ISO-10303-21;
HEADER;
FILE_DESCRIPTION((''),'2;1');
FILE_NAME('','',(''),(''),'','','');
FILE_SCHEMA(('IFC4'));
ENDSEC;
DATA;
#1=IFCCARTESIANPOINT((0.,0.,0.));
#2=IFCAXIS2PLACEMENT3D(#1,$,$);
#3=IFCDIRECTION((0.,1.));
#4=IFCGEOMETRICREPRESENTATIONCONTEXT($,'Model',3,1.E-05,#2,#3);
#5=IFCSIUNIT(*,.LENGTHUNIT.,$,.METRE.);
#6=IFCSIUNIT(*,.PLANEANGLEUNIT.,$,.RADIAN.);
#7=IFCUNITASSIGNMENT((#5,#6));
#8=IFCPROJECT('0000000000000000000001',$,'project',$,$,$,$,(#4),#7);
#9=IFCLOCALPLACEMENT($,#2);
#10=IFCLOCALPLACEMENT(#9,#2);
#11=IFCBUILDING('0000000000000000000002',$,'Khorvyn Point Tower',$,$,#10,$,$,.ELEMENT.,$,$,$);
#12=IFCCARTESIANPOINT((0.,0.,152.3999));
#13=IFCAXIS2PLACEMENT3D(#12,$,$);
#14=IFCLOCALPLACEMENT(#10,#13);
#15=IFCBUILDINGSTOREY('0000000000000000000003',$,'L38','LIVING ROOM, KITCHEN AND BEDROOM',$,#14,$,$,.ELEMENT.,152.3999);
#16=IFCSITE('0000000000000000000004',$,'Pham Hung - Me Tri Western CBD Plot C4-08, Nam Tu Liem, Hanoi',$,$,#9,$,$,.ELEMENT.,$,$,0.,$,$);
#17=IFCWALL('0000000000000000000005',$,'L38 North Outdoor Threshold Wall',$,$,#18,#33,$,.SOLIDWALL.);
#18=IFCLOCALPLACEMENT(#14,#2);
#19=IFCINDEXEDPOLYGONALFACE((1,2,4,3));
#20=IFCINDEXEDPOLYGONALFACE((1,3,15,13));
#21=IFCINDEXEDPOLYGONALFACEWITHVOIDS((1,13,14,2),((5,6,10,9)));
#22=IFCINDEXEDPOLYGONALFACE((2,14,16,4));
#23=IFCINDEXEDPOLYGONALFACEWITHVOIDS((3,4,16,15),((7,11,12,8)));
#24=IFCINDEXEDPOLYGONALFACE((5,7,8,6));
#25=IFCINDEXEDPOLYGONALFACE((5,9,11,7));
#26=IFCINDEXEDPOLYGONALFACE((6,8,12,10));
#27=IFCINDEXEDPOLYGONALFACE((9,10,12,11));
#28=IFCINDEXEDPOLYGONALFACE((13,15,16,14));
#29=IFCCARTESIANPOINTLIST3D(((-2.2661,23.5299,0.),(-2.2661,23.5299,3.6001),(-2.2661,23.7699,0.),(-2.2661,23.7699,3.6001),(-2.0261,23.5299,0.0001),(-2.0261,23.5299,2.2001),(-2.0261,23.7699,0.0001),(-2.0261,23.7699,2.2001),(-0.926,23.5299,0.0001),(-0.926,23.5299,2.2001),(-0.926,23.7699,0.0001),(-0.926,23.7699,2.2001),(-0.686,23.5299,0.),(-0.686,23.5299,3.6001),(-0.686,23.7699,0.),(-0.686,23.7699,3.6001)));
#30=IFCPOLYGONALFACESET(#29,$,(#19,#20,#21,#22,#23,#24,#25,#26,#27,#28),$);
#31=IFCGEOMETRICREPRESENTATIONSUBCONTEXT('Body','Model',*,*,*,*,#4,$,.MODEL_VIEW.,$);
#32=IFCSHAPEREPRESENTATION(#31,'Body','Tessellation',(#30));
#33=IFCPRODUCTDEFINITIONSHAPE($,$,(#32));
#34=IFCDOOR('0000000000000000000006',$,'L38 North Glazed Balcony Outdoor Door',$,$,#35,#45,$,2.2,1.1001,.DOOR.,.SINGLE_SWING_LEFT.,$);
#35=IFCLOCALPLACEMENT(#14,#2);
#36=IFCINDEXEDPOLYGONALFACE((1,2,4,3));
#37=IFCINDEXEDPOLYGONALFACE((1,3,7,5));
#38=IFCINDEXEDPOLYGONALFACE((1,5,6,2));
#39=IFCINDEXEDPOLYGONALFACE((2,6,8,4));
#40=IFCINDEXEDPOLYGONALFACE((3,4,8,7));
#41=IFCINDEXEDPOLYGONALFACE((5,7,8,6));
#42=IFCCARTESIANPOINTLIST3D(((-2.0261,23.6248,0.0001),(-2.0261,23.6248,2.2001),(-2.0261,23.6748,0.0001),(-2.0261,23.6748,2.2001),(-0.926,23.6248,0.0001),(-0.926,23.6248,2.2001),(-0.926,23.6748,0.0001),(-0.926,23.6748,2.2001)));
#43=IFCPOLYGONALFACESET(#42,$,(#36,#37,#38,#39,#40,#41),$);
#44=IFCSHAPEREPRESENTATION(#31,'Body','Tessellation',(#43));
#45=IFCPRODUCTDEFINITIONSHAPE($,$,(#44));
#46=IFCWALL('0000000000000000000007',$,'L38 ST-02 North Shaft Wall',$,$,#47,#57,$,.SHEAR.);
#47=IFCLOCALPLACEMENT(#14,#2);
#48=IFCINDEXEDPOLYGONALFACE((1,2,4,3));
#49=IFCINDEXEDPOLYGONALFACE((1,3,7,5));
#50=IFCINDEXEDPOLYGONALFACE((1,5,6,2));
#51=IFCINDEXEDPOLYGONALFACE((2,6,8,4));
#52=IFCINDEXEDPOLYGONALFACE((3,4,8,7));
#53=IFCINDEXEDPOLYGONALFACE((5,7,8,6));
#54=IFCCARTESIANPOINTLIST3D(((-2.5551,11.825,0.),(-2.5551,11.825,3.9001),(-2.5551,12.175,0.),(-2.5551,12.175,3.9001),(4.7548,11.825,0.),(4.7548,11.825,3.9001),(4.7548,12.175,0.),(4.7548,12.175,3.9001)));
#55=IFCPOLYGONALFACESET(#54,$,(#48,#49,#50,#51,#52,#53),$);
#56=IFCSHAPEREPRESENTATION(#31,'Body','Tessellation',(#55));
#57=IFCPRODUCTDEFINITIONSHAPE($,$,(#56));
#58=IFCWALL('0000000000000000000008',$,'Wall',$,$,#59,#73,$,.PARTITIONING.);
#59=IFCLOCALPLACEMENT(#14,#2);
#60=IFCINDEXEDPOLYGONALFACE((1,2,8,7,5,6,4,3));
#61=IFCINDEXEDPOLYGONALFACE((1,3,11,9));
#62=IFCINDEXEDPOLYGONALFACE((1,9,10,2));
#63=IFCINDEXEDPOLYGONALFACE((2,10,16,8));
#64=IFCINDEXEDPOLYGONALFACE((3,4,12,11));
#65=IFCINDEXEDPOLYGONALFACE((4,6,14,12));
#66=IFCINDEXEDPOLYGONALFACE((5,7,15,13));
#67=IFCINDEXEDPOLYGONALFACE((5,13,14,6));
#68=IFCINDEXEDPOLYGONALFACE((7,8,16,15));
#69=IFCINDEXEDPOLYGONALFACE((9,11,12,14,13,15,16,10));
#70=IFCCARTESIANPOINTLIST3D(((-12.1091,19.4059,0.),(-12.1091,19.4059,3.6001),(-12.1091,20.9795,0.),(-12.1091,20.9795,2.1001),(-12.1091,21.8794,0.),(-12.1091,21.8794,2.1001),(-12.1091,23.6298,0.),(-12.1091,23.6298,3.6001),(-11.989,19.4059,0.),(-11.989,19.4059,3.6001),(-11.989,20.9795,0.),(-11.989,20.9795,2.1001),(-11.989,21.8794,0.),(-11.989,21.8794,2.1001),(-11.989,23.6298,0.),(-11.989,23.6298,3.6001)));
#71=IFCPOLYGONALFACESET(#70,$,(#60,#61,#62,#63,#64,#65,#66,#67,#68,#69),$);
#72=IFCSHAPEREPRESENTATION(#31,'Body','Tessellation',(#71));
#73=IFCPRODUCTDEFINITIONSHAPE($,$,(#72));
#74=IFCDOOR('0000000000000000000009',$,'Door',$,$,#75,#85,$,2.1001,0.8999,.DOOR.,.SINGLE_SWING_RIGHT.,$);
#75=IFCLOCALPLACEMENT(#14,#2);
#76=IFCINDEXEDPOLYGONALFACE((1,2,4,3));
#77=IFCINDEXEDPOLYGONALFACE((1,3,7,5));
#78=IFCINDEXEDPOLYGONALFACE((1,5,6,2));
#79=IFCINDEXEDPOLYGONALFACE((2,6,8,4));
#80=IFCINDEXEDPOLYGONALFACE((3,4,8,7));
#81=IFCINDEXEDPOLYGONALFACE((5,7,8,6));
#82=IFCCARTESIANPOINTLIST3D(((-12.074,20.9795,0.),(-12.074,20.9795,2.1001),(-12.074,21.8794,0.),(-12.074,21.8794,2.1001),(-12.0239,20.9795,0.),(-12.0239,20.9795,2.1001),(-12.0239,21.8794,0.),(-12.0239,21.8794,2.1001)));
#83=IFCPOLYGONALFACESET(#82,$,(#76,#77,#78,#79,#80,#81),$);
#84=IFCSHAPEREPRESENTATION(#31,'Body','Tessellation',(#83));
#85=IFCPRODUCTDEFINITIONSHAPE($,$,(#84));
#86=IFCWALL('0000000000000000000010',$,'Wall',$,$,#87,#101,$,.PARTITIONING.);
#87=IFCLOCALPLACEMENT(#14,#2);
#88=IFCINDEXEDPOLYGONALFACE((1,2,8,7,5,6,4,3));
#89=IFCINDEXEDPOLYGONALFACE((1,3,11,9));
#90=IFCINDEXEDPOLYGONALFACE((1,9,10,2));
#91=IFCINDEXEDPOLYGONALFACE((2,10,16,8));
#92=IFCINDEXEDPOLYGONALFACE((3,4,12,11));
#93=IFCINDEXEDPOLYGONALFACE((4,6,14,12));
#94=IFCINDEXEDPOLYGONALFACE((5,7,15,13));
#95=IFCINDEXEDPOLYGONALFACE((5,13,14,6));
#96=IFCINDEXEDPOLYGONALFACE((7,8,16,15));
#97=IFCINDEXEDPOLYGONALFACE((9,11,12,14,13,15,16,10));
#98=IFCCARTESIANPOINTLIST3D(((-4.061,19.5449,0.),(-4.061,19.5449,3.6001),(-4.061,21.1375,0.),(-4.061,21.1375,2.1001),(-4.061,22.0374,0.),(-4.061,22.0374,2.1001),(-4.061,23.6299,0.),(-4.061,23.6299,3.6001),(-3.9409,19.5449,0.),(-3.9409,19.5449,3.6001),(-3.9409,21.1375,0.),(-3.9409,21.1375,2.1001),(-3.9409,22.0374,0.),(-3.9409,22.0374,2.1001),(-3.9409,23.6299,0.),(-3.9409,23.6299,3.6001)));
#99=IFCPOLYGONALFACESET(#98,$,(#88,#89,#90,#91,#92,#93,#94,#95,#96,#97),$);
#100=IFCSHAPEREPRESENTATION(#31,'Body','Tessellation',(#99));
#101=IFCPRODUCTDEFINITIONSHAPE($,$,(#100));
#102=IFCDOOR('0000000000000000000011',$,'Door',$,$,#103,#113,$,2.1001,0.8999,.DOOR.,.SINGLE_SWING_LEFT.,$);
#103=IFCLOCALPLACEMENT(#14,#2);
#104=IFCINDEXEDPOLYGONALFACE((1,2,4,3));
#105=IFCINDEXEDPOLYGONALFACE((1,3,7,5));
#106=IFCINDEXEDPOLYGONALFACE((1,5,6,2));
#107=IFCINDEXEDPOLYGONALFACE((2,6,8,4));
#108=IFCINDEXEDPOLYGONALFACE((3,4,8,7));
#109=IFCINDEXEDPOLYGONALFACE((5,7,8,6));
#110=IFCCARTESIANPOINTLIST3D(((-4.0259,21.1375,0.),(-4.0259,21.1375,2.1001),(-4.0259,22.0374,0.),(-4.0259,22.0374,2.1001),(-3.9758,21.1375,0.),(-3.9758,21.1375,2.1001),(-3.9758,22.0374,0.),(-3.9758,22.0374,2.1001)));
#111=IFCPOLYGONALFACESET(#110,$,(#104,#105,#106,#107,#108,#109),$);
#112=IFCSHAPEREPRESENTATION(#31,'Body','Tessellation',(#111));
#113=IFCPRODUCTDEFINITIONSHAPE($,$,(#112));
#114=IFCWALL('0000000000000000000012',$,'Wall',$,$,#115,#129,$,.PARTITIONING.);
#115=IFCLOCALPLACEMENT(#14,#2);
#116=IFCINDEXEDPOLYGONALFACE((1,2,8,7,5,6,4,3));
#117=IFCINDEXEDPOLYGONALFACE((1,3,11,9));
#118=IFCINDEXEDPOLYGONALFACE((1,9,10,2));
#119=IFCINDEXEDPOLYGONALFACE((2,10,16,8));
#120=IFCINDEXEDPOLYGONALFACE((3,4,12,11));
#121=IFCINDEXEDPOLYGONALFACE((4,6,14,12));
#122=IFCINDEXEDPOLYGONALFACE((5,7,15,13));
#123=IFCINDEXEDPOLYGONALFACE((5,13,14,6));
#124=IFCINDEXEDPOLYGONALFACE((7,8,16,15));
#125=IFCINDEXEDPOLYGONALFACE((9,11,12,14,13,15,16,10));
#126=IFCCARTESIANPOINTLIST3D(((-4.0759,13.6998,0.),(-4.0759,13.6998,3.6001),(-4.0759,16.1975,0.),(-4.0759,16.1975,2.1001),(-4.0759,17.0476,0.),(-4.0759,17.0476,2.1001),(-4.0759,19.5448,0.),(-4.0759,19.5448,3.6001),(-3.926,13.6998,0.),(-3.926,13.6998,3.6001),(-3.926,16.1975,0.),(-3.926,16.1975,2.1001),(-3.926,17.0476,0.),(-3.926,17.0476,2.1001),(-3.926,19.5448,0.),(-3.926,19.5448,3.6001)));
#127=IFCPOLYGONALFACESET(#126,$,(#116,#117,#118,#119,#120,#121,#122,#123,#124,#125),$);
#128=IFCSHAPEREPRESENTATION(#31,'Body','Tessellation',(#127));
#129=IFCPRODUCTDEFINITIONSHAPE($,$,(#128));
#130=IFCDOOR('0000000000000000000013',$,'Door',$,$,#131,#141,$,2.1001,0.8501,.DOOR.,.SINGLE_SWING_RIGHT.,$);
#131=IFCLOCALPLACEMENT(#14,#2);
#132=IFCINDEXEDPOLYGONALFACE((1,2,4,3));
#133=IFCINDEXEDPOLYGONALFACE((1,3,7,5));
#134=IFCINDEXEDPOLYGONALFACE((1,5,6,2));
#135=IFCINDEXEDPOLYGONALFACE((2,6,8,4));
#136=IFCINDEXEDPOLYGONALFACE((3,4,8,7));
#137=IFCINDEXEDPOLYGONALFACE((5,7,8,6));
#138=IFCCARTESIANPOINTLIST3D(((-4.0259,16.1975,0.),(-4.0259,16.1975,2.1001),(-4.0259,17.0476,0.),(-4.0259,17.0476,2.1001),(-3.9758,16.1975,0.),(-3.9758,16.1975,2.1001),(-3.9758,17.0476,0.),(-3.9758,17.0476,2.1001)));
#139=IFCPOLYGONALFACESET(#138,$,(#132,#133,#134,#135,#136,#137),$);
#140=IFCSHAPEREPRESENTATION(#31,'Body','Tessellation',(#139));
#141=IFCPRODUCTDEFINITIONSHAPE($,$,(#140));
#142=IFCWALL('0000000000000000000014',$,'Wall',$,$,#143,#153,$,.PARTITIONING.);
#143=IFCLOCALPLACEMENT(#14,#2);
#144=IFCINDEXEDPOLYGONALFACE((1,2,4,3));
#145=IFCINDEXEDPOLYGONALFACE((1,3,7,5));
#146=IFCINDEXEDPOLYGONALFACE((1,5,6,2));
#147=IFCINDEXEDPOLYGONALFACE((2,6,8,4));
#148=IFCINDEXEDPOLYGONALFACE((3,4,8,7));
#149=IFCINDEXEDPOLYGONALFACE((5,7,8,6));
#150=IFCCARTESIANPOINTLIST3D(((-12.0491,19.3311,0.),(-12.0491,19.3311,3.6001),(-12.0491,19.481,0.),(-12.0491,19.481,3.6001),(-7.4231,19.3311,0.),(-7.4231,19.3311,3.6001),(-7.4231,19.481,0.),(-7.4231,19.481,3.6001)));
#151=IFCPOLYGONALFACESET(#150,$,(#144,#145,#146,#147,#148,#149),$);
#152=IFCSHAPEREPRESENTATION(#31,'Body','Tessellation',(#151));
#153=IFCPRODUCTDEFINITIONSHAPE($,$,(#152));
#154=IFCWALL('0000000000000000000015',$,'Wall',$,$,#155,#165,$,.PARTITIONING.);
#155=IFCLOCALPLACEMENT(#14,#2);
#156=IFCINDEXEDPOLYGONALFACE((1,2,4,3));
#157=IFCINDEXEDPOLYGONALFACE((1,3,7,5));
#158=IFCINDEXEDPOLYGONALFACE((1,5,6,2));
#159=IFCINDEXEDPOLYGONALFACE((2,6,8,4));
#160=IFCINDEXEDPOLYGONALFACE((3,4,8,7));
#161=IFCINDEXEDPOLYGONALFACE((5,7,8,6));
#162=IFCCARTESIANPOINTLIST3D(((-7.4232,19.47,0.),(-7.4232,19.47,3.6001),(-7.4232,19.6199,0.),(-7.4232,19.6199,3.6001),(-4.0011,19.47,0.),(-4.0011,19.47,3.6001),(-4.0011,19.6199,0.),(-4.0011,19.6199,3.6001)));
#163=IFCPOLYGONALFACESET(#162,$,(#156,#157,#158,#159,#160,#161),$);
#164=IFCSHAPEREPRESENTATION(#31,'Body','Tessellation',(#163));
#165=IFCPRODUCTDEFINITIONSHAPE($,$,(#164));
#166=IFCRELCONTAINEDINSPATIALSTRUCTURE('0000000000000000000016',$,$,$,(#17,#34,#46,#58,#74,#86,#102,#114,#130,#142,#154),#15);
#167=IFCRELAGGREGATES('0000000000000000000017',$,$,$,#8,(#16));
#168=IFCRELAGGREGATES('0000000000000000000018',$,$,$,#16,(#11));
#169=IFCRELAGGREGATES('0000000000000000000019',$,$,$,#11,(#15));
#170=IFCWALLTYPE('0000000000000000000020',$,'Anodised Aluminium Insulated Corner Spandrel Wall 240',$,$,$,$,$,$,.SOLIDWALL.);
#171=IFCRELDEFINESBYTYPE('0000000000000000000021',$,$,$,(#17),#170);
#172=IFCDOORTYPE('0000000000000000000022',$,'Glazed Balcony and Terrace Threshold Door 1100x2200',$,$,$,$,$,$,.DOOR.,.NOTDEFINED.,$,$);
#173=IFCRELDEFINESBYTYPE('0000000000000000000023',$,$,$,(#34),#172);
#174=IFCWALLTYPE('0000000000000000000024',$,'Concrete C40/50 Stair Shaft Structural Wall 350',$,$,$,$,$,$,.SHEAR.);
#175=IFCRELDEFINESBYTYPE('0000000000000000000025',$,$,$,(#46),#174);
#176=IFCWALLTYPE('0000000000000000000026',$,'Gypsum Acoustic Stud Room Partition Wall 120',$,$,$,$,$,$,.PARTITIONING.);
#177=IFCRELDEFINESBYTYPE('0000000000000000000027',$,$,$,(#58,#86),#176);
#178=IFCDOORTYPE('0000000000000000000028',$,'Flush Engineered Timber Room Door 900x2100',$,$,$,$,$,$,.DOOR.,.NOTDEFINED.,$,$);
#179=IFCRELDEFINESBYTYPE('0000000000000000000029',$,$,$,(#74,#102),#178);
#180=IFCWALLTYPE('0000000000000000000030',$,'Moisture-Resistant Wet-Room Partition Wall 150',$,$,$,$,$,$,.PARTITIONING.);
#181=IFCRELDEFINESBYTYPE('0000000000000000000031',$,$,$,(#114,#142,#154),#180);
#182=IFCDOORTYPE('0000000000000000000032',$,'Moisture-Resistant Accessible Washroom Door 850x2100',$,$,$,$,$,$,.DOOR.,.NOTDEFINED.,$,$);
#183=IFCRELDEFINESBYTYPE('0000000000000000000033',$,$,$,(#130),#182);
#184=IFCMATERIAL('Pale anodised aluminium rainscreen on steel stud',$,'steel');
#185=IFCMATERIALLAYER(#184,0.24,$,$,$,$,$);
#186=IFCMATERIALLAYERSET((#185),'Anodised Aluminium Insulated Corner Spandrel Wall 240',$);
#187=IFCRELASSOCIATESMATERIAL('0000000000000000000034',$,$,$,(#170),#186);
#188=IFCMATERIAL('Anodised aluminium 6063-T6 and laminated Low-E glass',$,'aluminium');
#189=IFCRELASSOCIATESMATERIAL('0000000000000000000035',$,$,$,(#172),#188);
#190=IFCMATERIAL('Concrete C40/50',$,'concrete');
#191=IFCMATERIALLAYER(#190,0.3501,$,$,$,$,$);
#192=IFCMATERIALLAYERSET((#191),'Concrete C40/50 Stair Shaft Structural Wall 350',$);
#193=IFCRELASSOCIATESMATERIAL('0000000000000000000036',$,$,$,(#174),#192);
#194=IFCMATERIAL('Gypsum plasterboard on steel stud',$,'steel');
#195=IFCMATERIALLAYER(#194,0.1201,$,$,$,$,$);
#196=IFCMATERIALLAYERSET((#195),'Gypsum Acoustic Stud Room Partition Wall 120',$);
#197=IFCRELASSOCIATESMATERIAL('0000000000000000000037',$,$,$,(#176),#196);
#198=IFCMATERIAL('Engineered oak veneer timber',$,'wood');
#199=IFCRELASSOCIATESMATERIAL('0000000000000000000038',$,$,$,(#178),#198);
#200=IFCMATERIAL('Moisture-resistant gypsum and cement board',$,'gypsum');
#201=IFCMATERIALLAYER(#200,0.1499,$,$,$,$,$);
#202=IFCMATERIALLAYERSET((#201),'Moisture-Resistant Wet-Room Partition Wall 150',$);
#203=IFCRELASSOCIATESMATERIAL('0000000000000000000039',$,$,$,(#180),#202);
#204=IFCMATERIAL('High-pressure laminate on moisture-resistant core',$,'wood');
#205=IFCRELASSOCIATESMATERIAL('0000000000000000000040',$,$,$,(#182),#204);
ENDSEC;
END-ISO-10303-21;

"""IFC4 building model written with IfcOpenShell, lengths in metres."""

from ifc_helpers import new_model, si_unit, direction, frame, frame_2d, origin, place, context, subcontext, project, spatial, rectangle, extrude, material, layer, layer_set, type_object, element, fill, save


model = new_model("IFC4")

# Units and contexts
model_context = context("Model", 3, precision=1e-05, world=origin(), true_north=direction((0.0, 1.0)))
body_context = subcontext(model_context, "Body", "Model", "MODEL_VIEW")
ifc_project = project(units=[si_unit("LENGTHUNIT", "METRE"), si_unit("PLANEANGLEUNIT", "RADIAN")], contexts=[model_context])

# Site, building, storey
site_placement = place(None, origin())
site = spatial("IfcSite", under=ifc_project, at=site_placement, Name="Pham Hung - Me Tri Western CBD Plot C4-08, Nam Tu Liem, Hanoi", CompositionType="ELEMENT", RefElevation=0.0)
building_placement = place(site_placement, origin())
building = spatial("IfcBuilding", under=site, at=building_placement, Name="Khorvyn Point Tower", CompositionType="ELEMENT")
storey_placement = place(building_placement, frame((0.0, 0.0, 152.3999)))
storey = spatial("IfcBuildingStorey", under=building, at=storey_placement, Name="L38", Description="LIVING ROOM, KITCHEN AND BEDROOM", CompositionType="ELEMENT", Elevation=152.3999)

# Shared definitions
ifc_material_1 = material(Name="Anodised aluminium 6063-T6 and laminated Low-E glass", Category="aluminium")

# Wall, opening, door
ifc_material_2 = material(Name="Pale anodised aluminium rainscreen on steel stud", Category="steel")
ifc_layer_1 = layer(ifc_material_2, 0.24)
ifc_layer_set_1 = layer_set([ifc_layer_1], Name="Anodised Aluminium Insulated Corner Spandrel Wall 240")
wall_type_1 = type_object("IfcWallType", Name="Anodised Aluminium Insulated Corner Spandrel Wall 240", PredefinedType="SOLIDWALL", material=ifc_layer_set_1)
wall_1_placement = place(storey_placement, frame((-2.2661, 23.6499, 0.0), z_axis=(0.0, 0.0, 1.0), x_axis=(1.0, 0.0, 0.0)))
wall_1 = element("IfcWall", 1, at=wall_1_placement, inside=storey, type_object=wall_type_1, Name="L38 North Outdoor Threshold Wall", PredefinedType="SOLIDWALL", context=body_context, shape_type="SweptSolid", body=[
    extrude(rectangle(XDim=1.5801, YDim=0.24, at=frame_2d((0.79, 0.0))), origin(), (0.0, 0.0, 1.0), 3.6001),
])
opening_1_placement = place(wall_1_placement, frame((0.24, 0.0, 0.0)))
opening_1 = element("IfcOpeningElement", 2, at=opening_1_placement, cuts=wall_1, PredefinedType="OPENING", context=body_context, shape_type="SweptSolid", body=[
    extrude(rectangle(XDim=1.1001, YDim=2.2, at=frame_2d((0.55, 1.1001))), frame((0.0, 0.1299, 0.0), z_axis=(0.0, -1.0, 0.0), x_axis=(1.0, 0.0, 0.0)), (0.0, 0.0, 1.0), 0.26),
])
door_type_1 = type_object("IfcDoorType", Name="Glazed Balcony and Terrace Threshold Door 1100x2200", OperationType="NOTDEFINED", PredefinedType="DOOR", material=ifc_material_1)
door_1_placement = place(opening_1_placement, origin())
door_1 = element("IfcDoor", 3, at=door_1_placement, inside=storey, type_object=door_type_1, Name="L38 North Glazed Balcony Outdoor Door", OperationType="SINGLE_SWING_LEFT", OverallHeight=2.2, OverallWidth=1.1001, PredefinedType="DOOR", context=body_context, shape_type="SweptSolid", body=[
    extrude(rectangle(XDim=1.1001, YDim=2.2, at=frame_2d((0.55, 1.1001))), frame((0.0, 0.0249, 0.0), z_axis=(0.0, -1.0, 0.0), x_axis=(1.0, 0.0, 0.0)), (0.0, 0.0, 1.0), 0.05),
])
fill(opening_1, door_1)

# Wall
ifc_material_3 = material(Name="Concrete C40/50", Category="concrete")
ifc_layer_2 = layer(ifc_material_3, 0.3501)
ifc_layer_set_2 = layer_set([ifc_layer_2], Name="Concrete C40/50 Stair Shaft Structural Wall 350")
wall_type_2 = type_object("IfcWallType", Name="Concrete C40/50 Stair Shaft Structural Wall 350", PredefinedType="SHEAR", material=ifc_layer_set_2)
wall_2_placement = place(storey_placement, frame((-2.5549, 12.0, 0.0), z_axis=(0.0, 0.0, 1.0), x_axis=(1.0, 0.0, 0.0)))
element("IfcWall", 4, at=wall_2_placement, inside=storey, type_object=wall_type_2, Name="L38 ST-02 North Shaft Wall", PredefinedType="SHEAR", context=body_context, shape_type="SweptSolid", body=[
    extrude(rectangle(XDim=7.3098, YDim=0.3501, at=frame_2d((3.6548, 0.0))), origin(), (0.0, 0.0, 1.0), 3.9001),
])

# Walls, openings, doors
ifc_material_4 = material(Name="Gypsum plasterboard on steel stud", Category="steel")
ifc_layer_3 = layer(ifc_material_4, 0.1201)
ifc_layer_set_3 = layer_set([ifc_layer_3], Name="Gypsum Acoustic Stud Room Partition Wall 120")
wall_type_3 = type_object("IfcWallType", Name="Gypsum Acoustic Stud Room Partition Wall 120", PredefinedType="PARTITIONING", material=ifc_layer_set_3)
wall_3_placement = place(storey_placement, frame((-12.0491, 19.406, 0.0), z_axis=(0.0, 0.0, 1.0), x_axis=(0.0, 1.0, 0.0)))
wall_3 = element("IfcWall", 5, at=wall_3_placement, inside=storey, type_object=wall_type_3, Name="Wall", PredefinedType="PARTITIONING", context=body_context, shape_type="SweptSolid", body=[
    extrude(rectangle(XDim=4.2239, YDim=0.1201, at=frame_2d((2.1118, 0.0))), origin(), (0.0, 0.0, 1.0), 3.6001),
])
opening_2_placement = place(wall_3_placement, frame((1.5735, 0.0, 0.0)))
opening_2 = element("IfcOpeningElement", 6, at=opening_2_placement, cuts=wall_3, PredefinedType="OPENING", context=body_context, shape_type="SweptSolid", body=[
    extrude(rectangle(XDim=0.8999, YDim=2.1001, at=frame_2d((0.45, 1.05))), frame((0.0, 0.0701, 0.0), z_axis=(0.0, -1.0, 0.0), x_axis=(1.0, 0.0, 0.0)), (0.0, 0.0, 1.0), 0.1401),
])
ifc_material_5 = material(Name="Engineered oak veneer timber", Category="wood")
door_type_2 = type_object("IfcDoorType", Name="Flush Engineered Timber Room Door 900x2100", OperationType="NOTDEFINED", PredefinedType="DOOR", material=ifc_material_5)
door_2_placement = place(opening_2_placement, origin())
door_2 = element("IfcDoor", 7, at=door_2_placement, inside=storey, type_object=door_type_2, Name="Door", OperationType="SINGLE_SWING_RIGHT", OverallHeight=2.1001, OverallWidth=0.8999, PredefinedType="DOOR", context=body_context, shape_type="SweptSolid", body=[
    extrude(rectangle(XDim=0.8999, YDim=2.1001, at=frame_2d((0.45, 1.05))), frame((0.0, 0.0249, 0.0), z_axis=(0.0, -1.0, 0.0), x_axis=(1.0, 0.0, 0.0)), (0.0, 0.0, 1.0), 0.05),
])
fill(opening_2, door_2)
wall_4_placement = place(storey_placement, frame((-4.001, 19.5449, 0.0), z_axis=(0.0, 0.0, 1.0), x_axis=(0.0, 1.0, 0.0)))
wall_4 = element("IfcWall", 8, at=wall_4_placement, inside=storey, type_object=wall_type_3, Name="Wall", PredefinedType="PARTITIONING", context=body_context, shape_type="SweptSolid", body=[
    extrude(rectangle(XDim=4.085, YDim=0.1201, at=frame_2d((2.0425, 0.0))), origin(), (0.0, 0.0, 1.0), 3.6001),
])
opening_3_placement = place(wall_4_placement, frame((1.5925, 0.0, 0.0)))
opening_3 = element("IfcOpeningElement", 9, at=opening_3_placement, cuts=wall_4, PredefinedType="OPENING", context=body_context, shape_type="SweptSolid", body=[
    extrude(rectangle(XDim=0.8999, YDim=2.1001, at=frame_2d((0.45, 1.05))), frame((0.0, 0.0701, 0.0), z_axis=(0.0, -1.0, 0.0), x_axis=(1.0, 0.0, 0.0)), (0.0, 0.0, 1.0), 0.1401),
])
door_3_placement = place(opening_3_placement, origin())
door_3 = element("IfcDoor", 10, at=door_3_placement, inside=storey, type_object=door_type_2, Name="Door", OperationType="SINGLE_SWING_LEFT", OverallHeight=2.1001, OverallWidth=0.8999, PredefinedType="DOOR", context=body_context, shape_type="SweptSolid", body=[
    extrude(rectangle(XDim=0.8999, YDim=2.1001, at=frame_2d((0.45, 1.05))), frame((0.0, 0.0249, 0.0), z_axis=(0.0, -1.0, 0.0), x_axis=(1.0, 0.0, 0.0)), (0.0, 0.0, 1.0), 0.05),
])
fill(opening_3, door_3)
ifc_material_6 = material(Name="Moisture-resistant gypsum and cement board", Category="gypsum")
ifc_layer_4 = layer(ifc_material_6, 0.1499)
ifc_layer_set_4 = layer_set([ifc_layer_4], Name="Moisture-Resistant Wet-Room Partition Wall 150")
wall_type_4 = type_object("IfcWallType", Name="Moisture-Resistant Wet-Room Partition Wall 150", PredefinedType="PARTITIONING", material=ifc_layer_set_4)
wall_5_placement = place(storey_placement, frame((-4.001, 13.7, 0.0), z_axis=(0.0, 0.0, 1.0), x_axis=(0.0, 1.0, 0.0)))
wall_5 = element("IfcWall", 11, at=wall_5_placement, inside=storey, type_object=wall_type_4, Name="Wall", PredefinedType="PARTITIONING", context=body_context, shape_type="SweptSolid", body=[
    extrude(rectangle(XDim=5.845, YDim=0.1499, at=frame_2d((2.9224, 0.0))), origin(), (0.0, 0.0, 1.0), 3.6001),
])
opening_4_placement = place(wall_5_placement, frame((2.4976, 0.0, 0.0)))
opening_4 = element("IfcOpeningElement", 12, at=opening_4_placement, cuts=wall_5, PredefinedType="OPENING", context=body_context, shape_type="SweptSolid", body=[
    extrude(rectangle(XDim=0.8501, YDim=2.1001, at=frame_2d((0.425, 1.05))), frame((0.0, 0.085, 0.0), z_axis=(0.0, -1.0, 0.0), x_axis=(1.0, 0.0, 0.0)), (0.0, 0.0, 1.0), 0.1699),
])
ifc_material_7 = material(Name="High-pressure laminate on moisture-resistant core", Category="wood")
door_type_3 = type_object("IfcDoorType", Name="Moisture-Resistant Accessible Washroom Door 850x2100", OperationType="NOTDEFINED", PredefinedType="DOOR", material=ifc_material_7)
door_4_placement = place(opening_4_placement, origin())
door_4 = element("IfcDoor", 13, at=door_4_placement, inside=storey, type_object=door_type_3, Name="Door", OperationType="SINGLE_SWING_RIGHT", OverallHeight=2.1001, OverallWidth=0.8501, PredefinedType="DOOR", context=body_context, shape_type="SweptSolid", body=[
    extrude(rectangle(XDim=0.8501, YDim=2.1001, at=frame_2d((0.425, 1.05))), frame((0.0, 0.0249, 0.0), z_axis=(0.0, -1.0, 0.0), x_axis=(1.0, 0.0, 0.0)), (0.0, 0.0, 1.0), 0.05),
])
fill(opening_4, door_4)

# Walls
wall_6_placement = place(storey_placement, frame((-12.0491, 19.406, 0.0), z_axis=(0.0, 0.0, 1.0), x_axis=(1.0, 0.0, 0.0)))
element("IfcWall", 14, at=wall_6_placement, inside=storey, type_object=wall_type_4, Name="Wall", PredefinedType="PARTITIONING", context=body_context, shape_type="SweptSolid", body=[
    extrude(rectangle(XDim=4.626, YDim=0.1499, at=frame_2d((2.313, 0.0))), origin(), (0.0, 0.0, 1.0), 3.6001),
])
wall_7_placement = place(storey_placement, frame((-7.4231, 19.5449, 0.0), z_axis=(0.0, 0.0, 1.0), x_axis=(1.0, 0.0, 0.0)))
element("IfcWall", 15, at=wall_7_placement, inside=storey, type_object=wall_type_4, Name="Wall", PredefinedType="PARTITIONING", context=body_context, shape_type="SweptSolid", body=[
    extrude(rectangle(XDim=3.4221, YDim=0.1499, at=frame_2d((1.7109, 0.0))), origin(), (0.0, 0.0, 1.0), 3.6001),
])

save(model, "model.ifc")
